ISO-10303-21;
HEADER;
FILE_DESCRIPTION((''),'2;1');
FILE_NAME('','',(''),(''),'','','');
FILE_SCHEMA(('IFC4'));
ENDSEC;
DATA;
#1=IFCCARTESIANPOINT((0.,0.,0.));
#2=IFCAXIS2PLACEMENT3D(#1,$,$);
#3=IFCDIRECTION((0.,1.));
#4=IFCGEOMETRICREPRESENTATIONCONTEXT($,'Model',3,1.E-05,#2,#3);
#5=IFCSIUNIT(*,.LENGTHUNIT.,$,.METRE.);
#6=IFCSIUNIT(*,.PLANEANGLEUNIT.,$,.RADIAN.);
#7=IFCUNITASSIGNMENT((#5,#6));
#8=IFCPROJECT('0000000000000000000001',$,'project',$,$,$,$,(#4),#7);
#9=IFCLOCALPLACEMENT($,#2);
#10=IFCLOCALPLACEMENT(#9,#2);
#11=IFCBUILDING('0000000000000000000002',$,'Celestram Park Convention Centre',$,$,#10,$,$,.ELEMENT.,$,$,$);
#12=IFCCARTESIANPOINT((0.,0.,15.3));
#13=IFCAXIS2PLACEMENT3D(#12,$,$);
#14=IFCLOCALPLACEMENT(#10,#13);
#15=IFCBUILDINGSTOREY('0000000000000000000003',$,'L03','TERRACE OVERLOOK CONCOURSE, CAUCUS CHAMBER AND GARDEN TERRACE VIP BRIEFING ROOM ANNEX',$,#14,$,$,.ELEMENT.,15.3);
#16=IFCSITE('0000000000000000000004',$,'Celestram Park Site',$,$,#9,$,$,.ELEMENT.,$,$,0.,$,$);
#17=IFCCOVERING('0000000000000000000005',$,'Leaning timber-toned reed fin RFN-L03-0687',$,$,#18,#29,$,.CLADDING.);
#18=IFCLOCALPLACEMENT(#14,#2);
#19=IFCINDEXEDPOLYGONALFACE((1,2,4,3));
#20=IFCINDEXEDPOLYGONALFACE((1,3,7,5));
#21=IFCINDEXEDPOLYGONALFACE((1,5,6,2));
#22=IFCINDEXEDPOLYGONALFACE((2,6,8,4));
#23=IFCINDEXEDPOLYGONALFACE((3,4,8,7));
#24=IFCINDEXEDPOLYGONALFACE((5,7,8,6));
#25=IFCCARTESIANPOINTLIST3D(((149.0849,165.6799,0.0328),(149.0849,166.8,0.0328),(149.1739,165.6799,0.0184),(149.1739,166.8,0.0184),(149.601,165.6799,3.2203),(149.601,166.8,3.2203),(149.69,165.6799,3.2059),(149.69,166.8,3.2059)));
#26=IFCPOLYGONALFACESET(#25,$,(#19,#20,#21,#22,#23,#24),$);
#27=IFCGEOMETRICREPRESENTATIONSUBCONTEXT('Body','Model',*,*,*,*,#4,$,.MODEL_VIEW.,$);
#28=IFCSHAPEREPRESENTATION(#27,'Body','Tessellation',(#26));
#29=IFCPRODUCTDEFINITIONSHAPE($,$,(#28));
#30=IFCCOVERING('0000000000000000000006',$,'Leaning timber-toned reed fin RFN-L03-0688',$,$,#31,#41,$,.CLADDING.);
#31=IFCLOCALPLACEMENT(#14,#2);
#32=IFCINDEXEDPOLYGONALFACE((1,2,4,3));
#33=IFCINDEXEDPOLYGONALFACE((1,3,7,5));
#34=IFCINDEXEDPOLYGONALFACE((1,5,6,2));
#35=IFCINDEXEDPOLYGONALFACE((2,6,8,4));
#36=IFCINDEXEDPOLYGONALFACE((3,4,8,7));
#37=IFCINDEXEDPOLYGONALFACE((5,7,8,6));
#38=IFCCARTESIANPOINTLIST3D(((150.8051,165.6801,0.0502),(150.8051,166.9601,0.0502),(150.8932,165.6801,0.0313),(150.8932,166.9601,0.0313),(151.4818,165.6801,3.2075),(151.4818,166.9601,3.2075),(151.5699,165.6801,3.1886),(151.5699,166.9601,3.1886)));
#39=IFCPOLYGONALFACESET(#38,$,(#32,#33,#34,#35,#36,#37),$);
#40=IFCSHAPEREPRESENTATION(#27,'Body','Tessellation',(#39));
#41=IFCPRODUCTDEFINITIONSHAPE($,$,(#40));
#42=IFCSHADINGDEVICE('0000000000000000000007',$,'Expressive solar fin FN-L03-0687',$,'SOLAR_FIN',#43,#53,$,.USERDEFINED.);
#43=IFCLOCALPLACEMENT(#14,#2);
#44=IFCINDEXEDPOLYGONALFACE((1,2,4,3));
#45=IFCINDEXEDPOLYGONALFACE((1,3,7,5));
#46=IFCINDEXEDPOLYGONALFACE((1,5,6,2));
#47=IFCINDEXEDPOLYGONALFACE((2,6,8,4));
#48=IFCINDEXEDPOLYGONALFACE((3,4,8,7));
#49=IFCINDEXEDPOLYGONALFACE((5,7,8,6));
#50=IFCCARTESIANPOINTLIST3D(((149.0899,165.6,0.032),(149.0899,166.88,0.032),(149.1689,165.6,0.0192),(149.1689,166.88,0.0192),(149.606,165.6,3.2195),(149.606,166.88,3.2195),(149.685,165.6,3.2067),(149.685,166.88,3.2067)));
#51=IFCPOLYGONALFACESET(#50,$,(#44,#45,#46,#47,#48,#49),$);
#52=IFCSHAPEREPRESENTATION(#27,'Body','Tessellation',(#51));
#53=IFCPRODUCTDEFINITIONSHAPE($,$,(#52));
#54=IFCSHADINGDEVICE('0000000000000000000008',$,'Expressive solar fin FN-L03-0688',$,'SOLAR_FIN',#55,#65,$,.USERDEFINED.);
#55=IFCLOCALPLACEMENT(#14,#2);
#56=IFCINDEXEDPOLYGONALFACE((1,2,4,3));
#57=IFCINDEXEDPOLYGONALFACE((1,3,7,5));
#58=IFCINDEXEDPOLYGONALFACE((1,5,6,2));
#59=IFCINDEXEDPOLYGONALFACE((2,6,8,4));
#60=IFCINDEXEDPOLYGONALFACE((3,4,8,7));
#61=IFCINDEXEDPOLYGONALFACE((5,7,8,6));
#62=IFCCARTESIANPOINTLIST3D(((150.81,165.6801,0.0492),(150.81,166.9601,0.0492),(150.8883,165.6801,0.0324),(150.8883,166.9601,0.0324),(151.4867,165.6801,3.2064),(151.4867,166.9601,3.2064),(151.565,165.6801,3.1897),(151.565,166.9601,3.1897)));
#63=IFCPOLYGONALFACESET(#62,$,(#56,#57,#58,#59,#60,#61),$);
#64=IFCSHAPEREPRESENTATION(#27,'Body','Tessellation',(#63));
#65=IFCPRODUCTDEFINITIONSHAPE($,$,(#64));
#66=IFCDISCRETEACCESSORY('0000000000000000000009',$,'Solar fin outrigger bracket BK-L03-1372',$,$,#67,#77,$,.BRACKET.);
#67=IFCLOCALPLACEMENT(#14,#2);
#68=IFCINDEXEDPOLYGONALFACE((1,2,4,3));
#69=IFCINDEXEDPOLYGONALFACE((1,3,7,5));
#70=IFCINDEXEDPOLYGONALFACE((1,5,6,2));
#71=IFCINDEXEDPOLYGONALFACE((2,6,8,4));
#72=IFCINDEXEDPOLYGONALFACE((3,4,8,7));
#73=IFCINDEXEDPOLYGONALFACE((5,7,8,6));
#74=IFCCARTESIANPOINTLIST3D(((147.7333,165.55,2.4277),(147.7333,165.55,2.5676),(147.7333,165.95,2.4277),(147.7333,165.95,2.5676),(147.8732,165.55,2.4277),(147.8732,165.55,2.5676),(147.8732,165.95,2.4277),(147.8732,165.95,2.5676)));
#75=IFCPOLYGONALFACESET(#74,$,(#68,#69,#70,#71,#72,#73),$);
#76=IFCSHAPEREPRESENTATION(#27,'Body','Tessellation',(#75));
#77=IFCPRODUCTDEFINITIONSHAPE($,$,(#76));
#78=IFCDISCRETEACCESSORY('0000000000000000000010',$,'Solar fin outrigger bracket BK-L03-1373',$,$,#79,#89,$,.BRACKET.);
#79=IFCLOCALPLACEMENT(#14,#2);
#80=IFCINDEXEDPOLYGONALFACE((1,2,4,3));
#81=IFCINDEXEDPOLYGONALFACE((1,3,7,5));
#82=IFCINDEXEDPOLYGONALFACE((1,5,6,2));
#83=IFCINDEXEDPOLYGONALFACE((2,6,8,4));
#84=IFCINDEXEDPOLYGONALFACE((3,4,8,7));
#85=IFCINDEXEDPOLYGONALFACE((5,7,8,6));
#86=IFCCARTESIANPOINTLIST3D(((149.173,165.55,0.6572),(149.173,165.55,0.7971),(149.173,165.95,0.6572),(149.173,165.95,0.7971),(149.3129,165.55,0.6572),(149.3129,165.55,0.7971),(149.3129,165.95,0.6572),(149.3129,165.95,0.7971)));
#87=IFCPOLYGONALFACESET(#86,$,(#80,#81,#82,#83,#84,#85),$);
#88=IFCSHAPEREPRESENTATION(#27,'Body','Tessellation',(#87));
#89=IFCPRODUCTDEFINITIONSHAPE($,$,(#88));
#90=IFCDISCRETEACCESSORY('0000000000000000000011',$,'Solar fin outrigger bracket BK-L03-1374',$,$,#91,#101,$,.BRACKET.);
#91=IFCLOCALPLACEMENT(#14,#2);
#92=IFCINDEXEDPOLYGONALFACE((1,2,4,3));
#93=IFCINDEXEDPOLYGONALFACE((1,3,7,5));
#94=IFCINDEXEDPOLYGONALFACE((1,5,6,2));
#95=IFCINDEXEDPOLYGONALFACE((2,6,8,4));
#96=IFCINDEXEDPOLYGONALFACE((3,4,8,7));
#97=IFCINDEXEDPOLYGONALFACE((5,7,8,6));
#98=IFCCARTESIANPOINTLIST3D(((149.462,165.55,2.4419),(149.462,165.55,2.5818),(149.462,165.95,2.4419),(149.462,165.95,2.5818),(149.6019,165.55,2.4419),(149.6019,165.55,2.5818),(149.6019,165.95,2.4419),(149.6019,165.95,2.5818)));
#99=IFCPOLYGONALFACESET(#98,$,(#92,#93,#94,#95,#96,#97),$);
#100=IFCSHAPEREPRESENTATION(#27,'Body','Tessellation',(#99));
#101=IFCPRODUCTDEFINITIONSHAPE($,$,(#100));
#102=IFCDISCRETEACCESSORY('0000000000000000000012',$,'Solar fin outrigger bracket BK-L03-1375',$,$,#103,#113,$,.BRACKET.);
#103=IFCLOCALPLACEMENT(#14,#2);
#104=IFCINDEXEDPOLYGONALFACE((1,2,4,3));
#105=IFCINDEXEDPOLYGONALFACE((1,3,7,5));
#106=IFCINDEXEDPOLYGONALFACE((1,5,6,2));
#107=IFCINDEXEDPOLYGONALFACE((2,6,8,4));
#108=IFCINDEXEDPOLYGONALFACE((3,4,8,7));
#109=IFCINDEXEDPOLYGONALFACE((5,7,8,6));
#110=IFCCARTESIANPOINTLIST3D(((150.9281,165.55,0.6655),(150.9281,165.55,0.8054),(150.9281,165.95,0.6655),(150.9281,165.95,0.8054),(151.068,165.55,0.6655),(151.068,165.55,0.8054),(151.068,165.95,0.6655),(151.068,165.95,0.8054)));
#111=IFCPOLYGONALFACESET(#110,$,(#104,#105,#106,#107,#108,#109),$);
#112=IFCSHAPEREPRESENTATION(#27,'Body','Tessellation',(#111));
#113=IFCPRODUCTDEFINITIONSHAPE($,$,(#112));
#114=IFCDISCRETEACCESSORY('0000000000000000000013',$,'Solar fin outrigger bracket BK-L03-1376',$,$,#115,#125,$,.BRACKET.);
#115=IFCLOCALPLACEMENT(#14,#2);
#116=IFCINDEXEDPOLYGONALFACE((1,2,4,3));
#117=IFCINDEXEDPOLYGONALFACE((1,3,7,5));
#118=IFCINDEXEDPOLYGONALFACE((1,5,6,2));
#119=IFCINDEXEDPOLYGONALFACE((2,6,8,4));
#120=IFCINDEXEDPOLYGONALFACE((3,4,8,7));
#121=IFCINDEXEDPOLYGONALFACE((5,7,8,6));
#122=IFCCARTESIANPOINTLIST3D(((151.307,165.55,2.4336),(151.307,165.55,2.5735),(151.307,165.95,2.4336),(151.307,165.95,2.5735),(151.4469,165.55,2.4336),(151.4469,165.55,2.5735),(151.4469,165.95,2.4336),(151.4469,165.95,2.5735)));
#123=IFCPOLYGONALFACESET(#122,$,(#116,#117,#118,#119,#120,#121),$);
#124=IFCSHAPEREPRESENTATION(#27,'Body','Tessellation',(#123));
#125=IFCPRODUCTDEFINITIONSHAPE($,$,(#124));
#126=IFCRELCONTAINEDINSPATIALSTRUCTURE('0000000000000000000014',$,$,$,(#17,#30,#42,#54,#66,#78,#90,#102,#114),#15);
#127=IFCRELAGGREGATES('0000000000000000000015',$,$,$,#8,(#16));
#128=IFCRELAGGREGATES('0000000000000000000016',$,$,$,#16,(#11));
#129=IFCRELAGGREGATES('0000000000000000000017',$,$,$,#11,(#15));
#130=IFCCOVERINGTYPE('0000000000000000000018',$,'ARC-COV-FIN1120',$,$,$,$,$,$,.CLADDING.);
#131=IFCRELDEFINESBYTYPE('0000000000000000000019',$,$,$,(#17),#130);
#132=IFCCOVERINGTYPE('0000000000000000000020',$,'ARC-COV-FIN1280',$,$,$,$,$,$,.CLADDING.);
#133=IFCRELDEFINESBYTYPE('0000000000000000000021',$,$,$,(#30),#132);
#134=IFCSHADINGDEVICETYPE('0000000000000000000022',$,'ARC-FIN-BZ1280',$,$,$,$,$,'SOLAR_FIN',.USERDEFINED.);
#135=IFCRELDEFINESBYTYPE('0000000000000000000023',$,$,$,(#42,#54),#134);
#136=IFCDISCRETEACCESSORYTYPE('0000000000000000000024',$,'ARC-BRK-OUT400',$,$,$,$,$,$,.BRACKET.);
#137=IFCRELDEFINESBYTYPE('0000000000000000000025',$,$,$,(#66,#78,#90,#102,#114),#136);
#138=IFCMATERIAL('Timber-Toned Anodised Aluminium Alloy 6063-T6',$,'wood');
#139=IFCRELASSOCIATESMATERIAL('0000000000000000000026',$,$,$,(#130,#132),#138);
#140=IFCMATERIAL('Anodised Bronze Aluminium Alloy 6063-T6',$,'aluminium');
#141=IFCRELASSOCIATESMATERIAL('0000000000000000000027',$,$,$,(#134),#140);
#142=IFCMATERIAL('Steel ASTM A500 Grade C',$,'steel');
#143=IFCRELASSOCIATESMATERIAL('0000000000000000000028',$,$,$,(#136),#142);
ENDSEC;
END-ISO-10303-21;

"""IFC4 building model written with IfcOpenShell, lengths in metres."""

from ifc_helpers import new_model, si_unit, direction, frame, origin, origin_2d, place, context, subcontext, project, spatial, rectangle, extrude, material, material_profile, profile_set, type_object, element, save


model = new_model("IFC4")

# Units and contexts
model_context = context("Model", 3, precision=1e-05, world=origin(), true_north=direction((0.0, 1.0)))
body_context = subcontext(model_context, "Body", "Model", "MODEL_VIEW")
ifc_project = project(units=[si_unit("LENGTHUNIT", "METRE"), si_unit("PLANEANGLEUNIT", "RADIAN")], contexts=[model_context])

# Site, building, storey
site_placement = place(None, origin())
site = spatial("IfcSite", under=ifc_project, at=site_placement, Name="Celestram Park Site", CompositionType="ELEMENT", RefElevation=0.0)
building_placement = place(site_placement, origin())
building = spatial("IfcBuilding", under=site, at=building_placement, Name="Celestram Park Convention Centre", CompositionType="ELEMENT")
storey_placement = place(building_placement, frame((0.0, 0.0, 15.3)))
storey = spatial("IfcBuildingStorey", under=building, at=storey_placement, Name="L03", Description="TERRACE OVERLOOK CONCOURSE, CAUCUS CHAMBER AND GARDEN TERRACE VIP BRIEFING ROOM ANNEX", CompositionType="ELEMENT", Elevation=15.3)

# Coverings
ifc_material_1 = material(Name="Timber-Toned Anodised Aluminium Alloy 6063-T6", Category="wood")
ifc_material_profile_1 = material_profile(ifc_material_1, rectangle(XDim=1.1201, YDim=0.0901, at=origin_2d()), Name="REED1120X90")
ifc_profile_set_1 = profile_set([ifc_material_profile_1], Name="Timber-Toned Anodised Aluminium Alloy 6063-T6")
covering_type_1 = type_object("IfcCoveringType", Name="ARC-COV-FIN1120", PredefinedType="CLADDING", material=ifc_profile_set_1)
covering_1_placement = place(storey_placement, frame((149.1294, 166.24, 0.0256), z_axis=(0.159836, 0.0, 0.987144), x_axis=(0.0, 1.0, 0.0)))
element("IfcCovering", 1, at=covering_1_placement, inside=storey, type_object=covering_type_1, Name="Leaning timber-toned reed fin RFN-L03-0687", PredefinedType="CLADDING", context=body_context, shape_type="SweptSolid", body=[
    extrude(rectangle(XDim=1.1201, YDim=0.0901, at=origin_2d()), origin(), (0.0, 0.0, 1.0), 3.229),
])
ifc_material_profile_2 = material_profile(ifc_material_1, rectangle(XDim=1.28, YDim=0.0901, at=origin_2d()), Name="REED1280X90")
ifc_profile_set_2 = profile_set([ifc_material_profile_2], Name="Timber-Toned Anodised Aluminium Alloy 6063-T6")
covering_type_2 = type_object("IfcCoveringType", Name="ARC-COV-FIN1280", PredefinedType="CLADDING", material=ifc_profile_set_2)
covering_2_placement = place(storey_placement, frame((150.8491, 166.3201, 0.0408), z_axis=(0.209591, 0.0, 0.977789), x_axis=(0.0, 1.0, 0.0)))
element("IfcCovering", 2, at=covering_2_placement, inside=storey, type_object=covering_type_2, Name="Leaning timber-toned reed fin RFN-L03-0688", PredefinedType="CLADDING", context=body_context, shape_type="SweptSolid", body=[
    extrude(rectangle(XDim=1.28, YDim=0.0901, at=origin_2d()), origin(), (0.0, 0.0, 1.0), 3.229),
])

# Shading devices
ifc_material_2 = material(Name="Anodised Bronze Aluminium Alloy 6063-T6", Category="aluminium")
ifc_material_profile_3 = material_profile(ifc_material_2, rectangle(XDim=1.28, YDim=0.0801, at=origin_2d()), Name="FIN1280X80")
ifc_profile_set_3 = profile_set([ifc_material_profile_3], Name="Anodised Bronze Aluminium Alloy 6063-T6")
shading_device_type = type_object("IfcShadingDeviceType", Name="ARC-FIN-BZ1280", ElementType="SOLAR_FIN", PredefinedType="USERDEFINED", material=ifc_profile_set_3)
for number, where, z_axis, x_axis, name in (
    (3, (149.1294, 166.24, 0.0256), (0.159836, 0.0, 0.987144), (0.0, 1.0, 0.0), "Expressive solar fin FN-L03-0687"),
    (4, (150.8491, 166.3201, 0.0408), (0.209591, 0.0, 0.977789), (0.0, 1.0, 0.0), "Expressive solar fin FN-L03-0688"),
):
    element("IfcShadingDevice", number, at=place(storey_placement, frame(where, z_axis=z_axis, x_axis=x_axis)), inside=storey, type_object=shading_device_type, Name=name, ObjectType="SOLAR_FIN", PredefinedType="USERDEFINED", context=body_context, shape_type="SweptSolid", body=[
        extrude(rectangle(XDim=1.28, YDim=0.0801, at=origin_2d()), origin(), (0.0, 0.0, 1.0), 3.229),
    ])

# Discrete accessories
ifc_material_3 = material(Name="Steel ASTM A500 Grade C", Category="steel")
discrete_accessory_type = type_object("IfcDiscreteAccessoryType", Name="ARC-BRK-OUT400", PredefinedType="BRACKET", material=ifc_material_3)
for number, where, z_axis, x_axis, name in (
    (5, (147.8032, 165.75, 2.4277), (0.0, 0.0, 1.0), (0.0, 1.0, 0.0), "Solar fin outrigger bracket BK-L03-1372"),
    (6, (149.2429, 165.75, 0.6572), (0.0, 0.0, 1.0), (0.0, 1.0, 0.0), "Solar fin outrigger bracket BK-L03-1373"),
    (7, (149.532, 165.75, 2.4419), (0.0, 0.0, 1.0), (0.0, 1.0, 0.0), "Solar fin outrigger bracket BK-L03-1374"),
    (8, (150.998, 165.75, 0.6655), (0.0, 0.0, 1.0), (0.0, 1.0, 0.0), "Solar fin outrigger bracket BK-L03-1375"),
    (9, (151.377, 165.75, 2.4336), (0.0, 0.0, 1.0), (0.0, 1.0, 0.0), "Solar fin outrigger bracket BK-L03-1376"),
):
    element("IfcDiscreteAccessory", number, at=place(storey_placement, frame(where, z_axis=z_axis, x_axis=x_axis)), inside=storey, type_object=discrete_accessory_type, Name=name, PredefinedType="BRACKET", context=body_context, shape_type="SweptSolid", body=[
        extrude(rectangle(XDim=0.3999, YDim=0.1399, at=origin_2d()), origin(), (0.0, 0.0, 1.0), 0.1399),
    ])

save(model, "model.ifc")
